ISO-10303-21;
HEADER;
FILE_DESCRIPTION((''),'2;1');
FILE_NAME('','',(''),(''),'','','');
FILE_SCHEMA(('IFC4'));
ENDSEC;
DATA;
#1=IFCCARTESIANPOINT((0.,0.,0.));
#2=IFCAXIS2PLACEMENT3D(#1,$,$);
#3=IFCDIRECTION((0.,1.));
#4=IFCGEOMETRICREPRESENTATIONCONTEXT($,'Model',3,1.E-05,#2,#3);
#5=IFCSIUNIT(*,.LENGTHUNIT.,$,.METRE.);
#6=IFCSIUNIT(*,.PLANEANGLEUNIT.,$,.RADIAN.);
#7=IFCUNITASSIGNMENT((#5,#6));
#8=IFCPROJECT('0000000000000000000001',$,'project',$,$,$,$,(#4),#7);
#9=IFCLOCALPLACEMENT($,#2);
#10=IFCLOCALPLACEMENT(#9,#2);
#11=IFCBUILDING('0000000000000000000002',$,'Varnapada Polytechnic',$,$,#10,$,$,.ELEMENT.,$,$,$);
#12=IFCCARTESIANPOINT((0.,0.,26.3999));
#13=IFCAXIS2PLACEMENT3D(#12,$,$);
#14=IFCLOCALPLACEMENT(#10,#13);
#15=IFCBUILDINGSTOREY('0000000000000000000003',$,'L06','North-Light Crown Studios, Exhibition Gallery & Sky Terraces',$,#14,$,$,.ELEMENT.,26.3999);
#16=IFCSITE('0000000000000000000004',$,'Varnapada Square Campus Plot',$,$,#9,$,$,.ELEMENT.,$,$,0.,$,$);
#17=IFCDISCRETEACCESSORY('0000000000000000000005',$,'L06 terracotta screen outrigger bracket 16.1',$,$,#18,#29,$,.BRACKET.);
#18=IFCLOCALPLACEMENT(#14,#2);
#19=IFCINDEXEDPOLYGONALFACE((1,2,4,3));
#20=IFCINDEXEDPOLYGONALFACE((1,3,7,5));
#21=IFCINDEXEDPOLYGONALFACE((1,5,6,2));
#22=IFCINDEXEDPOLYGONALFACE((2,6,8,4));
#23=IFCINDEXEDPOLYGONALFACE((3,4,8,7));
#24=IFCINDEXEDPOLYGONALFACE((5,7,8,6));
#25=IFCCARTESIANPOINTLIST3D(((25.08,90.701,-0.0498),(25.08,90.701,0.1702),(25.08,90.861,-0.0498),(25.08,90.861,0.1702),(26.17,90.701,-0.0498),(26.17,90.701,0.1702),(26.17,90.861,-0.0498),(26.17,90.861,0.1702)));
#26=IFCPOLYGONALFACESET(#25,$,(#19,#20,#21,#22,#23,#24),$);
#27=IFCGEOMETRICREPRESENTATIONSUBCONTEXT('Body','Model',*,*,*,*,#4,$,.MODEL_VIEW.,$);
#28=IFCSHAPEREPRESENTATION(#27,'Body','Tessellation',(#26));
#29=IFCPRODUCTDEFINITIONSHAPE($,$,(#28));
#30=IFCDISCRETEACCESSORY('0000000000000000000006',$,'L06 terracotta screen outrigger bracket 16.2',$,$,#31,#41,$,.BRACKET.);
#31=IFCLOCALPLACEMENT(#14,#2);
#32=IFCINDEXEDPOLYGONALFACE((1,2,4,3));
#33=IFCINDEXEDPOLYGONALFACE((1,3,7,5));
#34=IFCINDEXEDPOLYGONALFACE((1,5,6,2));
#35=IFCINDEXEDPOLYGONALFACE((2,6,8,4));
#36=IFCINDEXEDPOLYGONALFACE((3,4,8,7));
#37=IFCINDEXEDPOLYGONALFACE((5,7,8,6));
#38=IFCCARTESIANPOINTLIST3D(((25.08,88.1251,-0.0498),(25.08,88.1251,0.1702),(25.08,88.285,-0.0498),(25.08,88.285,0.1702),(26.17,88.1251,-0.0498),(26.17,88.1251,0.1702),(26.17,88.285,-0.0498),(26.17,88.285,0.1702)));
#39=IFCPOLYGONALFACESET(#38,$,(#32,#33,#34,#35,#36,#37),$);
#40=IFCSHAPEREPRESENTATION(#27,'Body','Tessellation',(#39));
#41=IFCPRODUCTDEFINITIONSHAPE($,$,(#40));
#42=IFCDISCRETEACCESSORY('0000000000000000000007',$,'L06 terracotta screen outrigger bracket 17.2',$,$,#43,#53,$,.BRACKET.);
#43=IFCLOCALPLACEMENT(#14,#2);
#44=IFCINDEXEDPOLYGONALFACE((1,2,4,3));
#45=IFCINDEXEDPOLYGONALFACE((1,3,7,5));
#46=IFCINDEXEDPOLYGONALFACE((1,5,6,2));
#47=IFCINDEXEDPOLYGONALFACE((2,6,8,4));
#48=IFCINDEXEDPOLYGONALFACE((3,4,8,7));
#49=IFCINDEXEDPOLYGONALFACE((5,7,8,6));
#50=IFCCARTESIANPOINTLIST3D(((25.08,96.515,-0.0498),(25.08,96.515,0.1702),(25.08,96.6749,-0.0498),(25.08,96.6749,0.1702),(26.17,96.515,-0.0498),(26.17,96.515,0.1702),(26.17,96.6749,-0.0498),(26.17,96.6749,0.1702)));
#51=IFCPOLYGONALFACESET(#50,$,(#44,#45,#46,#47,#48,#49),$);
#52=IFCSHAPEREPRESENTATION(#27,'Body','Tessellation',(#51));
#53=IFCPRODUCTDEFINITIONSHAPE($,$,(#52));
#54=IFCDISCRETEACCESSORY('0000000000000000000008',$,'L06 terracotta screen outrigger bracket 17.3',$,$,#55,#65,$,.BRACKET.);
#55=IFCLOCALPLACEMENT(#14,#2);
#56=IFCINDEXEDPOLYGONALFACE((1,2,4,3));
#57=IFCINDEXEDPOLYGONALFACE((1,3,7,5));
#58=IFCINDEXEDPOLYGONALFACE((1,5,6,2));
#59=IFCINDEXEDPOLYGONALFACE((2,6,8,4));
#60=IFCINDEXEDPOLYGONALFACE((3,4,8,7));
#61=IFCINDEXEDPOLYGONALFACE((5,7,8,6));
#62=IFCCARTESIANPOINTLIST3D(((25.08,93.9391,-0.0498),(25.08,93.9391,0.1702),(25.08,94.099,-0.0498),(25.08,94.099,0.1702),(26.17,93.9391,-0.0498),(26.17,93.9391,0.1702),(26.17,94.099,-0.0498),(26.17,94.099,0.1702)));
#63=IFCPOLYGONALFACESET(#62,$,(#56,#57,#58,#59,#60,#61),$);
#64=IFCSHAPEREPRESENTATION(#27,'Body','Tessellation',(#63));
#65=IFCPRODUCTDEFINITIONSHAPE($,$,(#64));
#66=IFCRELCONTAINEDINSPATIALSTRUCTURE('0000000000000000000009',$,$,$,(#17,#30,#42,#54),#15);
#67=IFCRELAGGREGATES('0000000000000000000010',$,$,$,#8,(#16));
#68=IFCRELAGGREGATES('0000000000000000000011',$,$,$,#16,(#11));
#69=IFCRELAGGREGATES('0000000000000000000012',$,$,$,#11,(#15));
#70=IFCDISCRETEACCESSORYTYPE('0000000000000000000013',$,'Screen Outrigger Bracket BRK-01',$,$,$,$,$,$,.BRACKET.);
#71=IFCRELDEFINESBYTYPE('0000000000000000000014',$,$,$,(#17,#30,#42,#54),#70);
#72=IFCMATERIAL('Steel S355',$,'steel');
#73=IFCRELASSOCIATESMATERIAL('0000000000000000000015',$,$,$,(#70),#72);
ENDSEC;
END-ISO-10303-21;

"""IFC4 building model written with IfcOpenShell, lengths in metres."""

from ifc_helpers import new_model, si_unit, direction, frame, origin, origin_2d, place, context, subcontext, project, spatial, rectangle, extrude, material, type_object, element, save


model = new_model("IFC4")

# Units and contexts
model_context = context("Model", 3, precision=1e-05, world=origin(), true_north=direction((0.0, 1.0)))
body_context = subcontext(model_context, "Body", "Model", "MODEL_VIEW")
ifc_project = project(units=[si_unit("LENGTHUNIT", "METRE"), si_unit("PLANEANGLEUNIT", "RADIAN")], contexts=[model_context])

# Site, building, storey
site_placement = place(None, origin())
site = spatial("IfcSite", under=ifc_project, at=site_placement, Name="Varnapada Square Campus Plot", CompositionType="ELEMENT", RefElevation=0.0)
building_placement = place(site_placement, origin())
building = spatial("IfcBuilding", under=site, at=building_placement, Name="Varnapada Polytechnic", CompositionType="ELEMENT")
storey_placement = place(building_placement, frame((0.0, 0.0, 26.3999)))
storey = spatial("IfcBuildingStorey", under=building, at=storey_placement, Name="L06", Description="North-Light Crown Studios, Exhibition Gallery & Sky Terraces", CompositionType="ELEMENT", Elevation=26.3999)

# Discrete accessories
ifc_material_1 = material(Name="Steel S355", Category="steel")
discrete_accessory_type = type_object("IfcDiscreteAccessoryType", Name="Screen Outrigger Bracket BRK-01", PredefinedType="BRACKET", material=ifc_material_1)
for number, where, z_axis, x_axis, name in (
    (1, (25.625, 90.781, -0.0498), (0.0, 0.0, 1.0), (0.0, -1.0, 0.0), "L06 terracotta screen outrigger bracket 16.1"),
    (2, (25.625, 88.2051, -0.0498), (0.0, 0.0, 1.0), (0.0, -1.0, 0.0), "L06 terracotta screen outrigger bracket 16.2"),
    (3, (25.625, 96.595, -0.0498), (0.0, 0.0, 1.0), (0.0, -1.0, 0.0), "L06 terracotta screen outrigger bracket 17.2"),
    (4, (25.625, 94.019, -0.0498), (0.0, 0.0, 1.0), (0.0, -1.0, 0.0), "L06 terracotta screen outrigger bracket 17.3"),
):
    element("IfcDiscreteAccessory", number, at=place(storey_placement, frame(where, z_axis=z_axis, x_axis=x_axis)), inside=storey, type_object=discrete_accessory_type, Name=name, PredefinedType="BRACKET", context=body_context, shape_type="SweptSolid", body=[
        extrude(rectangle(XDim=0.1599, YDim=1.0901, at=origin_2d()), origin(), (0.0, 0.0, 1.0), 0.22),
    ])

save(model, "model.ifc")
